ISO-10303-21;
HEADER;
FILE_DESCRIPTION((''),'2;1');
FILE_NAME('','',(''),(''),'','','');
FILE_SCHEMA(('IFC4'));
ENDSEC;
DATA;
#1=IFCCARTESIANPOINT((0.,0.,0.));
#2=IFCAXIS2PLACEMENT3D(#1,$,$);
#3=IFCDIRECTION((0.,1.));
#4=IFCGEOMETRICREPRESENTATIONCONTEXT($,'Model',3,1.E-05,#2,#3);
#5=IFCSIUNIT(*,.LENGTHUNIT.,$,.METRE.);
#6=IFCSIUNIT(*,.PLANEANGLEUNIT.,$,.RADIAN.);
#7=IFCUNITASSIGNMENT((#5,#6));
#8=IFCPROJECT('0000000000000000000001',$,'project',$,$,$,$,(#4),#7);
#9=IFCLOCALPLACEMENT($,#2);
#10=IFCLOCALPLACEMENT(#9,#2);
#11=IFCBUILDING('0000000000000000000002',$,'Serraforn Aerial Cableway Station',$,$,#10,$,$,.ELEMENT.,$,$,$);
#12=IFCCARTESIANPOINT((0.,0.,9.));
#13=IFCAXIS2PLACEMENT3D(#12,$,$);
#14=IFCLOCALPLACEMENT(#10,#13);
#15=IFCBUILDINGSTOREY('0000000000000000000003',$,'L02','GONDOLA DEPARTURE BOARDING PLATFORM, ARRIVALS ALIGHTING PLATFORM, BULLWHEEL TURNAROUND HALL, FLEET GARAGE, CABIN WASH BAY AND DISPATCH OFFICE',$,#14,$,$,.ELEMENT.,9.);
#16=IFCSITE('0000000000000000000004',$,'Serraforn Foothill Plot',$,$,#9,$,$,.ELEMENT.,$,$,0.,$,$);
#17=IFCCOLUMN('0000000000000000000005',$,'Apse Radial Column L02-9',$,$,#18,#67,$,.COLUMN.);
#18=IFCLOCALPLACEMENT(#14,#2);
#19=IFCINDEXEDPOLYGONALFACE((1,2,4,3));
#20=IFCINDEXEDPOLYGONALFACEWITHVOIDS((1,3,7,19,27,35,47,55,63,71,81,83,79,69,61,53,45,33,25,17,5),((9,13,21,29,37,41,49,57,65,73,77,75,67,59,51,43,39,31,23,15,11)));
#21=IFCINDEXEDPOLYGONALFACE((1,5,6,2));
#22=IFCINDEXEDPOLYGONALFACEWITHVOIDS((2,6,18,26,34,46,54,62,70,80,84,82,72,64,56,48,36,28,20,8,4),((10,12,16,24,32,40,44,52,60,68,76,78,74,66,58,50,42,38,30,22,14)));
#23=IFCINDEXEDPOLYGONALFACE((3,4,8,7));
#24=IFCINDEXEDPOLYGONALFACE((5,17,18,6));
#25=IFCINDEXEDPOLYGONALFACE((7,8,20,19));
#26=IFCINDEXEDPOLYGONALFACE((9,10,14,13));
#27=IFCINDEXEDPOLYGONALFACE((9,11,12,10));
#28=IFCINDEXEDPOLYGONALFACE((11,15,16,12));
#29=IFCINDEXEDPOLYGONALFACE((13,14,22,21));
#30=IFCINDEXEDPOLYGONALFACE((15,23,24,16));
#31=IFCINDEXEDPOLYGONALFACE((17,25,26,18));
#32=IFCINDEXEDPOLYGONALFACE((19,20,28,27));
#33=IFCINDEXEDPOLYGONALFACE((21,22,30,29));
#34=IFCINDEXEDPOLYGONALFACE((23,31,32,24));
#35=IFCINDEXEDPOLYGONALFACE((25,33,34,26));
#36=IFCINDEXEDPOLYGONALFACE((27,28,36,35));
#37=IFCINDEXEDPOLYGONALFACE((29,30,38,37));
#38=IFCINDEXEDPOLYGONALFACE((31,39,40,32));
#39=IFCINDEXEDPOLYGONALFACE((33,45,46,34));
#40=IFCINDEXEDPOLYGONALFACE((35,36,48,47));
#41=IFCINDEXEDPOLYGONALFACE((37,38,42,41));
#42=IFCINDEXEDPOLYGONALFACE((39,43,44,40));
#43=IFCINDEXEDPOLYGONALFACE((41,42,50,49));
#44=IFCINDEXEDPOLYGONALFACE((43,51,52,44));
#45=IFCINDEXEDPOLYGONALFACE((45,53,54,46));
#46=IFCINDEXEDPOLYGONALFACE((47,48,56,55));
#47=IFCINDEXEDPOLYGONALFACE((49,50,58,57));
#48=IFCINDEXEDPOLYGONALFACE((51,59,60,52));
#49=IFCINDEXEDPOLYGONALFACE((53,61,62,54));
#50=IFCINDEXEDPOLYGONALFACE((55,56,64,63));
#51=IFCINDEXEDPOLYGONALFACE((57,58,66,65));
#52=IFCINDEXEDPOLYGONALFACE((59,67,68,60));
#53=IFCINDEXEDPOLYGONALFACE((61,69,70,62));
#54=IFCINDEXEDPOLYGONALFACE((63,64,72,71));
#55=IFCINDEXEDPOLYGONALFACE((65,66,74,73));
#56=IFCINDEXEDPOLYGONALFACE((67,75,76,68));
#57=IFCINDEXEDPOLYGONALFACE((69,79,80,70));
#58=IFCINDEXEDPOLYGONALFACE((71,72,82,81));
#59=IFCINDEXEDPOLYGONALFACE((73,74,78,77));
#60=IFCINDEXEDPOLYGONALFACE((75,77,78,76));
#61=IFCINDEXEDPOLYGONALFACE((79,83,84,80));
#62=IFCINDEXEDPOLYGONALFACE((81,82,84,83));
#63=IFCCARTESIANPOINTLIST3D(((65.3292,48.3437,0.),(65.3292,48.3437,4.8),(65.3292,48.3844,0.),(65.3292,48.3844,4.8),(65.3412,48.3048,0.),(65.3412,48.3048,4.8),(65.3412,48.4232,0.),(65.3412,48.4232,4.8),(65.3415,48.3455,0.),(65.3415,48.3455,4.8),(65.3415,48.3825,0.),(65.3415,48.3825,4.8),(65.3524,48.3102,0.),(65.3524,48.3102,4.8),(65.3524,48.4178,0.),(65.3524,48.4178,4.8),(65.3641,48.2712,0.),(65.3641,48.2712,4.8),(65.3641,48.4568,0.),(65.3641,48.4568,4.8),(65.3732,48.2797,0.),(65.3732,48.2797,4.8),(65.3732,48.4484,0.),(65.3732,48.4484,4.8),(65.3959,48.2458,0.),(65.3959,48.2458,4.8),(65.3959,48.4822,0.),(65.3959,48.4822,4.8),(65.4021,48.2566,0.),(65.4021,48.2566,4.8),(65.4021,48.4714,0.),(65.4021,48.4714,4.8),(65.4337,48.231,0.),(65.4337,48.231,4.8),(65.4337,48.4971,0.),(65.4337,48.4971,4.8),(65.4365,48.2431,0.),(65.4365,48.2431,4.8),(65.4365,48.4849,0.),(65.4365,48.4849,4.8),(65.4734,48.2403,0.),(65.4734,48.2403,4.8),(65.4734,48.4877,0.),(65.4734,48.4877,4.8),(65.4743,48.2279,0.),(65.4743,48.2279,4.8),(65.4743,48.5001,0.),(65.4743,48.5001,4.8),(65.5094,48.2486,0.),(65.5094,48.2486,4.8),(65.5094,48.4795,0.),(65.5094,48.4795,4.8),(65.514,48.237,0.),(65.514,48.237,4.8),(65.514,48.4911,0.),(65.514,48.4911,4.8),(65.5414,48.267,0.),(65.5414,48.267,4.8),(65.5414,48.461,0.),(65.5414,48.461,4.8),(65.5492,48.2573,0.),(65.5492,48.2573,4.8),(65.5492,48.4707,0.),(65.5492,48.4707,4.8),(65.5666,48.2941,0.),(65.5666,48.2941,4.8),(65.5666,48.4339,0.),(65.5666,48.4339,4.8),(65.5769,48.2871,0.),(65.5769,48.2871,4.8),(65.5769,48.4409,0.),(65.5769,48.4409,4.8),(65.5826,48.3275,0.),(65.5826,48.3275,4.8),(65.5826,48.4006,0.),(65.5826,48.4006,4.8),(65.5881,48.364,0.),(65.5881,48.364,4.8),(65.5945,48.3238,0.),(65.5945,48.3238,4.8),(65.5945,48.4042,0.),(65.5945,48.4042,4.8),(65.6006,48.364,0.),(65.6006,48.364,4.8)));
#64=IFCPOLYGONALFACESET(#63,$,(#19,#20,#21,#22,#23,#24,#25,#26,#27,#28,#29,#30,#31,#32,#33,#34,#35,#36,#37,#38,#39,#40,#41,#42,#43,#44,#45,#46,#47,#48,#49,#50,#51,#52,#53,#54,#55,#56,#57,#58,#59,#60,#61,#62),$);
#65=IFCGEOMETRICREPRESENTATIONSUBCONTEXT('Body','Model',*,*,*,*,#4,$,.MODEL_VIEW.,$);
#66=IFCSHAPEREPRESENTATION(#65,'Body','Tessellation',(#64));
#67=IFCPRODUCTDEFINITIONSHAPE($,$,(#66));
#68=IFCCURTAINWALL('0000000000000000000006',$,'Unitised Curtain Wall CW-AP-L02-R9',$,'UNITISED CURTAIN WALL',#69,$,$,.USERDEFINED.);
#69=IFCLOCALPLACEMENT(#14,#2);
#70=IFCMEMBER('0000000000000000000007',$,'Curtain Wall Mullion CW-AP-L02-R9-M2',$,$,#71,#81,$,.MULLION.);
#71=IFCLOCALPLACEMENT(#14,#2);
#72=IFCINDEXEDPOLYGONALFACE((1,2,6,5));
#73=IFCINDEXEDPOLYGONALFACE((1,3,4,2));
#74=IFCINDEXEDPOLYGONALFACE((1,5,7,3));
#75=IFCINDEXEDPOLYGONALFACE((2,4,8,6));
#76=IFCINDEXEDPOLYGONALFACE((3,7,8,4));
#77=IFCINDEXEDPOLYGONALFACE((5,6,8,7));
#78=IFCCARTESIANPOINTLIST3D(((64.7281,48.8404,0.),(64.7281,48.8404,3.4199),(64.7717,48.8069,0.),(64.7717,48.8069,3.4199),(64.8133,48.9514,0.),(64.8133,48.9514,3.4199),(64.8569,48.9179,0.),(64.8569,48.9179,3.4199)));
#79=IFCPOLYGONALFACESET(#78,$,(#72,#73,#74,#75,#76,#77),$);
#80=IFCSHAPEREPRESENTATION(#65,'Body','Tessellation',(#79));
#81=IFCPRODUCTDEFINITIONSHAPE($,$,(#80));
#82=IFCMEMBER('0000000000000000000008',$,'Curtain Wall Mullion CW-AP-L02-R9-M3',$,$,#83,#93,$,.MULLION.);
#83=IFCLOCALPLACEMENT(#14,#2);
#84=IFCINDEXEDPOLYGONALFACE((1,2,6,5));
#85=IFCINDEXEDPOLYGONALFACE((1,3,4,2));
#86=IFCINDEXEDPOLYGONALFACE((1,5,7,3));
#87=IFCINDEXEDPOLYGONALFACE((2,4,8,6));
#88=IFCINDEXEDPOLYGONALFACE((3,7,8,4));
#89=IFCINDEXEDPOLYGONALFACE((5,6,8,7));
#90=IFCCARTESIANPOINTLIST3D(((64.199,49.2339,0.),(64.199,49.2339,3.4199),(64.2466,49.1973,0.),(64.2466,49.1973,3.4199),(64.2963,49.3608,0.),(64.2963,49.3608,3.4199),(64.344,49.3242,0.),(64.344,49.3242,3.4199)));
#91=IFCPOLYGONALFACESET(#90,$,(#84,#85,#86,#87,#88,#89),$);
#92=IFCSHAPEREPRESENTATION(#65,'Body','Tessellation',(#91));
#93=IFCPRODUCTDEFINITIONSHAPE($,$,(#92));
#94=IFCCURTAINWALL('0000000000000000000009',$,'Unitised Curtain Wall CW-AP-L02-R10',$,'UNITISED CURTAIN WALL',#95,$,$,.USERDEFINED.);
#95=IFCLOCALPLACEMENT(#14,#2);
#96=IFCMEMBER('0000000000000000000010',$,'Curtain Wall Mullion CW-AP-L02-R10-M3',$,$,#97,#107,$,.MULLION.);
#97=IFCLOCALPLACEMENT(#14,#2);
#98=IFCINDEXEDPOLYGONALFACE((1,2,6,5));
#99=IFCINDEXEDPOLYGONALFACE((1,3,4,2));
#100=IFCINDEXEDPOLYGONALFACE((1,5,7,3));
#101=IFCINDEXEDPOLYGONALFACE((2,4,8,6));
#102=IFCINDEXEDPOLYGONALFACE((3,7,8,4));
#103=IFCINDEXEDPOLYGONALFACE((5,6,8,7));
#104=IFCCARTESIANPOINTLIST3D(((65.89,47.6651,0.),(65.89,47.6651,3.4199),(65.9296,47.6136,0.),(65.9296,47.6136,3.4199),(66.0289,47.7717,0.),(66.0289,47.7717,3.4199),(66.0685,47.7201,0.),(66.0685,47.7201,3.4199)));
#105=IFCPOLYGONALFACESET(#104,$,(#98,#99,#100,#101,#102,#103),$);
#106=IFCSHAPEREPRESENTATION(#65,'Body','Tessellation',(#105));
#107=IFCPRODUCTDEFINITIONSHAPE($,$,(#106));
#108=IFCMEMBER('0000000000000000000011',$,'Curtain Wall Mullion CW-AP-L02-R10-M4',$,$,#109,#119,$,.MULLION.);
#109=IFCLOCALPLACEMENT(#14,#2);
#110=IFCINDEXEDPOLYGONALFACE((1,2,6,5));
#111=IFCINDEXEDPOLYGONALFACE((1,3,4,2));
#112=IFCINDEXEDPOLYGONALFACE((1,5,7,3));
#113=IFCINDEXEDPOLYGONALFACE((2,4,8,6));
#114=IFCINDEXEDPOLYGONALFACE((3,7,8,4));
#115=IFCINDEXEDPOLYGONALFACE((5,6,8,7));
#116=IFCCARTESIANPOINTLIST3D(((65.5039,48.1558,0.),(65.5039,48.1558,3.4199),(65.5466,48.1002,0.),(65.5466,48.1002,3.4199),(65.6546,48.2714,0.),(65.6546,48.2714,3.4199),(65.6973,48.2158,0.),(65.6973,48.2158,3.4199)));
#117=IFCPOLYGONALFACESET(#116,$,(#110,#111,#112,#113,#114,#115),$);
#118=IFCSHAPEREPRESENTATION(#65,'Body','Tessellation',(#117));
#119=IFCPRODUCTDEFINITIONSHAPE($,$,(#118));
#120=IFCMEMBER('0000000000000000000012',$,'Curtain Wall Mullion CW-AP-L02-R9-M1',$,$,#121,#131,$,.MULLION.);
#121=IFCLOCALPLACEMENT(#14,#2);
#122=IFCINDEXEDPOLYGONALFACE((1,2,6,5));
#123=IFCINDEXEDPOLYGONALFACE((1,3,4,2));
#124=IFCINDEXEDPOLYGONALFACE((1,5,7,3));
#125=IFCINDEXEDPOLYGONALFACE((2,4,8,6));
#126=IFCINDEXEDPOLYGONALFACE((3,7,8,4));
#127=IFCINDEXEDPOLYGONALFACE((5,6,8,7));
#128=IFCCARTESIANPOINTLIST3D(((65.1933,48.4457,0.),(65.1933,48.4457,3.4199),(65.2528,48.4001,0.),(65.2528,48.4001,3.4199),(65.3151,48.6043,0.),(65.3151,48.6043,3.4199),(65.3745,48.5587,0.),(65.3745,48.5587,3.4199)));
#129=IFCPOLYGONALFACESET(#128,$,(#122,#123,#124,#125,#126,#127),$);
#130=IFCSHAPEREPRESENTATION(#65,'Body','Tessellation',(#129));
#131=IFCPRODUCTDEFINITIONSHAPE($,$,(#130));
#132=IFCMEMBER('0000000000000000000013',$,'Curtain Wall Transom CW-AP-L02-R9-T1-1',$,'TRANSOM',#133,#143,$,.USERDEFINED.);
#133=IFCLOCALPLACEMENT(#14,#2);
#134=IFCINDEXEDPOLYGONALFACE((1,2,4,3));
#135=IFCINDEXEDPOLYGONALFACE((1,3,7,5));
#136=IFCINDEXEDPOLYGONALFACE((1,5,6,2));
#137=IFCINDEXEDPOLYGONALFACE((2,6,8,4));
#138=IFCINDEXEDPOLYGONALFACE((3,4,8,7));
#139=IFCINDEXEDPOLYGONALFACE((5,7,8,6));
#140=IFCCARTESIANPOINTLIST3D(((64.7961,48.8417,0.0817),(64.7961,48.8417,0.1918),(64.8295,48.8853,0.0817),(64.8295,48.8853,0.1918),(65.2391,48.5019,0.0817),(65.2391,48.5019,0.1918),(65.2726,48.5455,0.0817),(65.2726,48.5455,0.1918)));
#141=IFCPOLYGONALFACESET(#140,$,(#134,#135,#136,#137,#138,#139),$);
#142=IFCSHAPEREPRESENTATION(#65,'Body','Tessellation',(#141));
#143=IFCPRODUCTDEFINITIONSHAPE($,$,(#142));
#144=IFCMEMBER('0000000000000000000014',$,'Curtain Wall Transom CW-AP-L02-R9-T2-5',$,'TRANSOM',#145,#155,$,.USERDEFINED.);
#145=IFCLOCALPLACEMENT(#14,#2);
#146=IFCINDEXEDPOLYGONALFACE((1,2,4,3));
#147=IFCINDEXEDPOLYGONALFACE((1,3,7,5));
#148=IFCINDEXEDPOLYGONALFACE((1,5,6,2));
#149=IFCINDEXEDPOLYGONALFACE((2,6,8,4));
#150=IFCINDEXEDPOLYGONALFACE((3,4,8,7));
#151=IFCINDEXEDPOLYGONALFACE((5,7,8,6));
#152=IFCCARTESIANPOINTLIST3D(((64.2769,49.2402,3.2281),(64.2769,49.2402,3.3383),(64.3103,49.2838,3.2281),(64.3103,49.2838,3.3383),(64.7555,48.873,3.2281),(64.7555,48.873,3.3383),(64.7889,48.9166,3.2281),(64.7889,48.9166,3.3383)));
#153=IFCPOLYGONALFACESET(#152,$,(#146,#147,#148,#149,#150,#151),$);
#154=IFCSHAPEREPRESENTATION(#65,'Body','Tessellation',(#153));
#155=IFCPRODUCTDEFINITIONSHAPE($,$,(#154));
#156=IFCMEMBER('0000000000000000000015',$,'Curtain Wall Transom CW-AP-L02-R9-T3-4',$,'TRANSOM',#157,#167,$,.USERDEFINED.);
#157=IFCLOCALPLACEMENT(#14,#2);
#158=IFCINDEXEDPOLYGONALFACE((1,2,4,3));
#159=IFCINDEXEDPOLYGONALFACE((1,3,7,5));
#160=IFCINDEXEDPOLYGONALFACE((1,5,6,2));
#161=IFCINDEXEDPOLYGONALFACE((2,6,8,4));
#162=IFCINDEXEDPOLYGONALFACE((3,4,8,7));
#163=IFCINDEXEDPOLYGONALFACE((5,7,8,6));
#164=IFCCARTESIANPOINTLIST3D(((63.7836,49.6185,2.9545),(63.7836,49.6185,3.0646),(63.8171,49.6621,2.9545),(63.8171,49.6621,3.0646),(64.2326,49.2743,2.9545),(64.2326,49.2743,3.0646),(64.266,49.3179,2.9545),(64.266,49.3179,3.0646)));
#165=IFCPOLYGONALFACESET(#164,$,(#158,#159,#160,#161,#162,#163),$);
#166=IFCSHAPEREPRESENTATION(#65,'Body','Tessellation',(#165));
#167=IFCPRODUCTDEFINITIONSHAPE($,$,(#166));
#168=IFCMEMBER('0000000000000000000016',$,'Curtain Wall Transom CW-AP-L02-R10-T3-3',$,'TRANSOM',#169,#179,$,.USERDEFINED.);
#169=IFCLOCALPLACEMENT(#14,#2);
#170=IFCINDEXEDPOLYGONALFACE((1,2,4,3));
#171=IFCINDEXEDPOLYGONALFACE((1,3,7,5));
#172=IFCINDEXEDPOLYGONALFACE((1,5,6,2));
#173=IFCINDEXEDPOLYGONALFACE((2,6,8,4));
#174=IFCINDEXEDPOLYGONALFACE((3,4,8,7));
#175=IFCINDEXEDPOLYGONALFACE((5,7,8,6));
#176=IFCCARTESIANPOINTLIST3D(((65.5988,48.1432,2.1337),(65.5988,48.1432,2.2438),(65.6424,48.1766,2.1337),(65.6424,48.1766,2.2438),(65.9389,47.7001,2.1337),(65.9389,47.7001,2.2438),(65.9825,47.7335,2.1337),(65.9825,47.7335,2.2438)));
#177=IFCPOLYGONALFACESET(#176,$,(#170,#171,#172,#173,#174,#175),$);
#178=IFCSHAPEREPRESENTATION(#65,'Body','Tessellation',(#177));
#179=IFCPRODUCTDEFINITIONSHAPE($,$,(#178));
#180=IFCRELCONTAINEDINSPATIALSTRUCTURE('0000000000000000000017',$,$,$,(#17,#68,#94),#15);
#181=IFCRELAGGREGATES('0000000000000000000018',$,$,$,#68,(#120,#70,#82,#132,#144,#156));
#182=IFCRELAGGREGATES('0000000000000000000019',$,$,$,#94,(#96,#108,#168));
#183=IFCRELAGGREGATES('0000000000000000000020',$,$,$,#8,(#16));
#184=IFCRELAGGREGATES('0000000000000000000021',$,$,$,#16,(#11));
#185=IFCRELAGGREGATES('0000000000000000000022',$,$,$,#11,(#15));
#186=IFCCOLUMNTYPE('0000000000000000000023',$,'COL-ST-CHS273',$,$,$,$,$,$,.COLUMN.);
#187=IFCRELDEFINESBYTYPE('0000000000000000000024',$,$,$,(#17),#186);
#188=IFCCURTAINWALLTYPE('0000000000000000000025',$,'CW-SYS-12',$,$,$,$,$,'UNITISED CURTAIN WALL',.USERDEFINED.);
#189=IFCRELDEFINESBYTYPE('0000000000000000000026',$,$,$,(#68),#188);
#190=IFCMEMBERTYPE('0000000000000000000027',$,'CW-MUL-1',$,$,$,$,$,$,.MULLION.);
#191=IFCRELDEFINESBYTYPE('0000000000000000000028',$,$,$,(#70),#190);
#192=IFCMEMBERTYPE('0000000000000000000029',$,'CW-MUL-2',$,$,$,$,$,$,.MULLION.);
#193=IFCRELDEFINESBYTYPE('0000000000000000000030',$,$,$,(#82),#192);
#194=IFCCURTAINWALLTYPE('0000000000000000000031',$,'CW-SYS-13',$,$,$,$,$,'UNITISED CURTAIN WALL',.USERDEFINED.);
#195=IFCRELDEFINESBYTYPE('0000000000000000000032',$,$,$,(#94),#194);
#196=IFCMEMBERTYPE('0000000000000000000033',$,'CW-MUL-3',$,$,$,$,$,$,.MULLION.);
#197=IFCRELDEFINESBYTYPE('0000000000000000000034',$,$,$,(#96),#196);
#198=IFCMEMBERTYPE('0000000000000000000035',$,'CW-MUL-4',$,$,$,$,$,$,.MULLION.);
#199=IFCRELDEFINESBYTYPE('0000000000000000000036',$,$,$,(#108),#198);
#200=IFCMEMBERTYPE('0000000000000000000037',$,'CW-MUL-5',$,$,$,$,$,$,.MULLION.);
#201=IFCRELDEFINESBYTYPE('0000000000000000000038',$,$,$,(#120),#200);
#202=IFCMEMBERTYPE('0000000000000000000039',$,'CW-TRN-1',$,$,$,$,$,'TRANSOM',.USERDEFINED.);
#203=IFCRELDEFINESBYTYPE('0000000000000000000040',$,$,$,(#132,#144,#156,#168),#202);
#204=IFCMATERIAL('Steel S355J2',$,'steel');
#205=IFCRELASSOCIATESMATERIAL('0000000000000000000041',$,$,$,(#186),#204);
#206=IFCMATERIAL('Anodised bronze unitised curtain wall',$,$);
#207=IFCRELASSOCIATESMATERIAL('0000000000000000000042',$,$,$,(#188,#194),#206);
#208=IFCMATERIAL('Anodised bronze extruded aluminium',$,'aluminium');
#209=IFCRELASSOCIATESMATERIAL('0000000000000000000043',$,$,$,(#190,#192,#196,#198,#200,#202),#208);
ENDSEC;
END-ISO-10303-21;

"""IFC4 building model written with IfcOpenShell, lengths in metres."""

from ifc_helpers import new_model, si_unit, direction, frame, origin, origin_2d, place, context, subcontext, project, spatial, rectangle, hollow_circle, extrude, material, material_profile, profile_set, type_object, element, aggregate, save


model = new_model("IFC4")

# Units and contexts
model_context = context("Model", 3, precision=1e-05, world=origin(), true_north=direction((0.0, 1.0)))
body_context = subcontext(model_context, "Body", "Model", "MODEL_VIEW")
ifc_project = project(units=[si_unit("LENGTHUNIT", "METRE"), si_unit("PLANEANGLEUNIT", "RADIAN")], contexts=[model_context])

# Site, building, storey
site_placement = place(None, origin())
site = spatial("IfcSite", under=ifc_project, at=site_placement, Name="Serraforn Foothill Plot", CompositionType="ELEMENT", RefElevation=0.0)
building_placement = place(site_placement, origin())
building = spatial("IfcBuilding", under=site, at=building_placement, Name="Serraforn Aerial Cableway Station", CompositionType="ELEMENT")
storey_placement = place(building_placement, frame((0.0, 0.0, 9.0)))
storey = spatial("IfcBuildingStorey", under=building, at=storey_placement, Name="L02", Description="GONDOLA DEPARTURE BOARDING PLATFORM, ARRIVALS ALIGHTING PLATFORM, BULLWHEEL TURNAROUND HALL, FLEET GARAGE, CABIN WASH BAY AND DISPATCH OFFICE", CompositionType="ELEMENT", Elevation=9.0)

# Column
ifc_material_1 = material(Name="Steel S355J2", Category="steel")
ifc_material_profile_1 = material_profile(ifc_material_1, hollow_circle(Radius=0.1365, WallThickness=0.0125, at=origin_2d()), Name="CHS 273.0x12.5")
ifc_profile_set_1 = profile_set([ifc_material_profile_1], Name="Steel S355J2")
column_type = type_object("IfcColumnType", Name="COL-ST-CHS273", PredefinedType="COLUMN", material=ifc_profile_set_1)
column_placement = place(storey_placement, frame((65.4641, 48.364, 0.0), z_axis=(0.0, 0.0, 1.0), x_axis=(1.0, 0.0, 0.0)))
element("IfcColumn", 1, at=column_placement, inside=storey, type_object=column_type, Name="Apse Radial Column L02-9", PredefinedType="COLUMN", context=body_context, shape_type="SweptSolid", body=[
    extrude(hollow_circle(Radius=0.1365, WallThickness=0.0125, at=origin_2d()), origin(), (0.0, 0.0, 1.0), 4.8),
])

# Curtain walls, members
ifc_material_2 = material(Name="Anodised bronze unitised curtain wall")
curtain_wall_type_1 = type_object("IfcCurtainWallType", Name="CW-SYS-12", ElementType="UNITISED CURTAIN WALL", PredefinedType="USERDEFINED", material=ifc_material_2)
curtain_wall_1_placement = place(storey_placement, origin())
curtain_wall_1 = element("IfcCurtainWall", 2, at=curtain_wall_1_placement, inside=storey, type_object=curtain_wall_type_1, Name="Unitised Curtain Wall CW-AP-L02-R9", ObjectType="UNITISED CURTAIN WALL", PredefinedType="USERDEFINED")
ifc_material_3 = material(Name="Anodised bronze extruded aluminium", Category="aluminium")
ifc_material_profile_2 = material_profile(ifc_material_3, rectangle(XDim=0.0549, YDim=0.1399, at=origin_2d()), Name="CW MULLION 55x140")
ifc_profile_set_2 = profile_set([ifc_material_profile_2], Name="Anodised bronze extruded aluminium")
member_type_1 = type_object("IfcMemberType", Name="CW-MUL-1", PredefinedType="MULLION", material=ifc_profile_set_2)
member_1_placement = place(storey_placement, frame((64.7925, 48.8792, 0.0), z_axis=(0.0, 0.0, 1.0), x_axis=(-0.793363, 0.608749, 0.0)))
member_1 = element("IfcMember", 3, at=member_1_placement, type_object=member_type_1, Name="Curtain Wall Mullion CW-AP-L02-R9-M2", PredefinedType="MULLION", context=body_context, shape_type="SweptSolid", body=[
    extrude(rectangle(XDim=0.0549, YDim=0.1399, at=origin_2d()), origin(), (0.0, 0.0, 1.0), 3.4199),
])
ifc_material_profile_3 = material_profile(ifc_material_3, rectangle(XDim=0.0601, YDim=0.1599, at=origin_2d()), Name="CW MULLION 60x160")
ifc_profile_set_3 = profile_set([ifc_material_profile_3], Name="Anodised bronze extruded aluminium")
member_type_2 = type_object("IfcMemberType", Name="CW-MUL-2", PredefinedType="MULLION", material=ifc_profile_set_3)
member_2_placement = place(storey_placement, frame((64.2715, 49.2791, 0.0), z_axis=(0.0, 0.0, 1.0), x_axis=(-0.793363, 0.608749, 0.0)))
member_2 = element("IfcMember", 4, at=member_2_placement, type_object=member_type_2, Name="Curtain Wall Mullion CW-AP-L02-R9-M3", PredefinedType="MULLION", context=body_context, shape_type="SweptSolid", body=[
    extrude(rectangle(XDim=0.0601, YDim=0.1599, at=origin_2d()), origin(), (0.0, 0.0, 1.0), 3.4199),
])
curtain_wall_type_2 = type_object("IfcCurtainWallType", Name="CW-SYS-13", ElementType="UNITISED CURTAIN WALL", PredefinedType="USERDEFINED", material=ifc_material_2)
curtain_wall_2_placement = place(storey_placement, origin())
curtain_wall_2 = element("IfcCurtainWall", 5, at=curtain_wall_2_placement, inside=storey, type_object=curtain_wall_type_2, Name="Unitised Curtain Wall CW-AP-L02-R10", ObjectType="UNITISED CURTAIN WALL", PredefinedType="USERDEFINED")
ifc_material_profile_4 = material_profile(ifc_material_3, rectangle(XDim=0.0649, YDim=0.175, at=origin_2d()), Name="CW MULLION 65x175")
ifc_profile_set_4 = profile_set([ifc_material_profile_4], Name="Anodised bronze extruded aluminium")
member_type_3 = type_object("IfcMemberType", Name="CW-MUL-3", PredefinedType="MULLION", material=ifc_profile_set_4)
member_3_placement = place(storey_placement, frame((65.9792, 47.6926, 0.0), z_axis=(0.0, 0.0, 1.0), x_axis=(-0.608749, 0.793363, 0.0)))
member_3 = element("IfcMember", 6, at=member_3_placement, type_object=member_type_3, Name="Curtain Wall Mullion CW-AP-L02-R10-M3", PredefinedType="MULLION", context=body_context, shape_type="SweptSolid", body=[
    extrude(rectangle(XDim=0.0649, YDim=0.175, at=origin_2d()), origin(), (0.0, 0.0, 1.0), 3.4199),
])
ifc_material_profile_5 = material_profile(ifc_material_3, rectangle(XDim=0.0701, YDim=0.1899, at=origin_2d()), Name="CW MULLION 70x190")
ifc_profile_set_5 = profile_set([ifc_material_profile_5], Name="Anodised bronze extruded aluminium")
member_type_4 = type_object("IfcMemberType", Name="CW-MUL-4", PredefinedType="MULLION", material=ifc_profile_set_5)
member_4_placement = place(storey_placement, frame((65.6006, 48.1858, 0.0), z_axis=(0.0, 0.0, 1.0), x_axis=(-0.608749, 0.793363, 0.0)))
member_4 = element("IfcMember", 7, at=member_4_placement, type_object=member_type_4, Name="Curtain Wall Mullion CW-AP-L02-R10-M4", PredefinedType="MULLION", context=body_context, shape_type="SweptSolid", body=[
    extrude(rectangle(XDim=0.0701, YDim=0.1899, at=origin_2d()), origin(), (0.0, 0.0, 1.0), 3.4199),
])

# Members
ifc_material_profile_6 = material_profile(ifc_material_3, rectangle(XDim=0.075, YDim=0.2, at=origin_2d()), Name="CW MULLION 75x200")
ifc_profile_set_6 = profile_set([ifc_material_profile_6], Name="Anodised bronze extruded aluminium")
member_type_5 = type_object("IfcMemberType", Name="CW-MUL-5", PredefinedType="MULLION", material=ifc_profile_set_6)
member_5_placement = place(storey_placement, frame((65.2839, 48.5022, 0.0), z_axis=(0.0, 0.0, 1.0), x_axis=(-0.793363, 0.608749, 0.0)))
member_5 = element("IfcMember", 8, at=member_5_placement, type_object=member_type_5, Name="Curtain Wall Mullion CW-AP-L02-R9-M1", PredefinedType="MULLION", context=body_context, shape_type="SweptSolid", body=[
    extrude(rectangle(XDim=0.075, YDim=0.2, at=origin_2d()), origin(), (0.0, 0.0, 1.0), 3.4199),
])
ifc_material_profile_7 = material_profile(ifc_material_3, rectangle(XDim=0.0549, YDim=0.1101, at=origin_2d()), Name="CW TRANSOM 55x110")
ifc_profile_set_7 = profile_set([ifc_material_profile_7], Name="Anodised bronze extruded aluminium")
member_type_6 = type_object("IfcMemberType", Name="CW-TRN-1", ElementType="TRANSOM", PredefinedType="USERDEFINED", material=ifc_profile_set_7)
member_6_placement = place(storey_placement, frame((65.2559, 48.5237, 0.1367), z_axis=(-0.793501, 0.608569, 0.0), x_axis=(-0.608569, -0.793501, 0.0)))
member_6 = element("IfcMember", 9, at=member_6_placement, type_object=member_type_6, Name="Curtain Wall Transom CW-AP-L02-R9-T1-1", ObjectType="TRANSOM", PredefinedType="USERDEFINED", context=body_context, shape_type="SweptSolid", body=[
    extrude(rectangle(XDim=0.0549, YDim=0.1101, at=origin_2d()), origin(), (0.0, 0.0, 1.0), 0.5583),
])
member_7_placement = place(storey_placement, frame((64.7722, 48.8948, 3.2832), z_axis=(-0.793346, 0.608771, 0.0), x_axis=(-0.608771, -0.793346, 0.0)))
member_7 = element("IfcMember", 10, at=member_7_placement, type_object=member_type_6, Name="Curtain Wall Transom CW-AP-L02-R9-T2-5", ObjectType="TRANSOM", PredefinedType="USERDEFINED", context=body_context, shape_type="SweptSolid", body=[
    extrude(rectangle(XDim=0.0549, YDim=0.1101, at=origin_2d()), origin(), (0.0, 0.0, 1.0), 0.6033),
])
member_8_placement = place(storey_placement, frame((64.2493, 49.2961, 3.0095), z_axis=(-0.793586, 0.608459, 0.0), x_axis=(-0.608459, -0.793586, 0.0)))
member_8 = element("IfcMember", 11, at=member_8_placement, type_object=member_type_6, Name="Curtain Wall Transom CW-AP-L02-R9-T3-4", ObjectType="TRANSOM", PredefinedType="USERDEFINED", context=body_context, shape_type="SweptSolid", body=[
    extrude(rectangle(XDim=0.0549, YDim=0.1101, at=origin_2d()), origin(), (0.0, 0.0, 1.0), 0.5657),
])
member_9_placement = place(storey_placement, frame((65.9607, 47.7168, 2.1887), z_axis=(-0.608844, 0.79329, 0.0), x_axis=(-0.79329, -0.608844, 0.0)))
member_9 = element("IfcMember", 12, at=member_9_placement, type_object=member_type_6, Name="Curtain Wall Transom CW-AP-L02-R10-T3-3", ObjectType="TRANSOM", PredefinedType="USERDEFINED", context=body_context, shape_type="SweptSolid", body=[
    extrude(rectangle(XDim=0.0549, YDim=0.1101, at=origin_2d()), origin(), (0.0, 0.0, 1.0), 0.5586),
])

aggregate(curtain_wall_1, [member_5, member_1, member_2, member_6, member_7, member_8])
aggregate(curtain_wall_2, [member_3, member_4, member_9])

save(model, "model.ifc")
